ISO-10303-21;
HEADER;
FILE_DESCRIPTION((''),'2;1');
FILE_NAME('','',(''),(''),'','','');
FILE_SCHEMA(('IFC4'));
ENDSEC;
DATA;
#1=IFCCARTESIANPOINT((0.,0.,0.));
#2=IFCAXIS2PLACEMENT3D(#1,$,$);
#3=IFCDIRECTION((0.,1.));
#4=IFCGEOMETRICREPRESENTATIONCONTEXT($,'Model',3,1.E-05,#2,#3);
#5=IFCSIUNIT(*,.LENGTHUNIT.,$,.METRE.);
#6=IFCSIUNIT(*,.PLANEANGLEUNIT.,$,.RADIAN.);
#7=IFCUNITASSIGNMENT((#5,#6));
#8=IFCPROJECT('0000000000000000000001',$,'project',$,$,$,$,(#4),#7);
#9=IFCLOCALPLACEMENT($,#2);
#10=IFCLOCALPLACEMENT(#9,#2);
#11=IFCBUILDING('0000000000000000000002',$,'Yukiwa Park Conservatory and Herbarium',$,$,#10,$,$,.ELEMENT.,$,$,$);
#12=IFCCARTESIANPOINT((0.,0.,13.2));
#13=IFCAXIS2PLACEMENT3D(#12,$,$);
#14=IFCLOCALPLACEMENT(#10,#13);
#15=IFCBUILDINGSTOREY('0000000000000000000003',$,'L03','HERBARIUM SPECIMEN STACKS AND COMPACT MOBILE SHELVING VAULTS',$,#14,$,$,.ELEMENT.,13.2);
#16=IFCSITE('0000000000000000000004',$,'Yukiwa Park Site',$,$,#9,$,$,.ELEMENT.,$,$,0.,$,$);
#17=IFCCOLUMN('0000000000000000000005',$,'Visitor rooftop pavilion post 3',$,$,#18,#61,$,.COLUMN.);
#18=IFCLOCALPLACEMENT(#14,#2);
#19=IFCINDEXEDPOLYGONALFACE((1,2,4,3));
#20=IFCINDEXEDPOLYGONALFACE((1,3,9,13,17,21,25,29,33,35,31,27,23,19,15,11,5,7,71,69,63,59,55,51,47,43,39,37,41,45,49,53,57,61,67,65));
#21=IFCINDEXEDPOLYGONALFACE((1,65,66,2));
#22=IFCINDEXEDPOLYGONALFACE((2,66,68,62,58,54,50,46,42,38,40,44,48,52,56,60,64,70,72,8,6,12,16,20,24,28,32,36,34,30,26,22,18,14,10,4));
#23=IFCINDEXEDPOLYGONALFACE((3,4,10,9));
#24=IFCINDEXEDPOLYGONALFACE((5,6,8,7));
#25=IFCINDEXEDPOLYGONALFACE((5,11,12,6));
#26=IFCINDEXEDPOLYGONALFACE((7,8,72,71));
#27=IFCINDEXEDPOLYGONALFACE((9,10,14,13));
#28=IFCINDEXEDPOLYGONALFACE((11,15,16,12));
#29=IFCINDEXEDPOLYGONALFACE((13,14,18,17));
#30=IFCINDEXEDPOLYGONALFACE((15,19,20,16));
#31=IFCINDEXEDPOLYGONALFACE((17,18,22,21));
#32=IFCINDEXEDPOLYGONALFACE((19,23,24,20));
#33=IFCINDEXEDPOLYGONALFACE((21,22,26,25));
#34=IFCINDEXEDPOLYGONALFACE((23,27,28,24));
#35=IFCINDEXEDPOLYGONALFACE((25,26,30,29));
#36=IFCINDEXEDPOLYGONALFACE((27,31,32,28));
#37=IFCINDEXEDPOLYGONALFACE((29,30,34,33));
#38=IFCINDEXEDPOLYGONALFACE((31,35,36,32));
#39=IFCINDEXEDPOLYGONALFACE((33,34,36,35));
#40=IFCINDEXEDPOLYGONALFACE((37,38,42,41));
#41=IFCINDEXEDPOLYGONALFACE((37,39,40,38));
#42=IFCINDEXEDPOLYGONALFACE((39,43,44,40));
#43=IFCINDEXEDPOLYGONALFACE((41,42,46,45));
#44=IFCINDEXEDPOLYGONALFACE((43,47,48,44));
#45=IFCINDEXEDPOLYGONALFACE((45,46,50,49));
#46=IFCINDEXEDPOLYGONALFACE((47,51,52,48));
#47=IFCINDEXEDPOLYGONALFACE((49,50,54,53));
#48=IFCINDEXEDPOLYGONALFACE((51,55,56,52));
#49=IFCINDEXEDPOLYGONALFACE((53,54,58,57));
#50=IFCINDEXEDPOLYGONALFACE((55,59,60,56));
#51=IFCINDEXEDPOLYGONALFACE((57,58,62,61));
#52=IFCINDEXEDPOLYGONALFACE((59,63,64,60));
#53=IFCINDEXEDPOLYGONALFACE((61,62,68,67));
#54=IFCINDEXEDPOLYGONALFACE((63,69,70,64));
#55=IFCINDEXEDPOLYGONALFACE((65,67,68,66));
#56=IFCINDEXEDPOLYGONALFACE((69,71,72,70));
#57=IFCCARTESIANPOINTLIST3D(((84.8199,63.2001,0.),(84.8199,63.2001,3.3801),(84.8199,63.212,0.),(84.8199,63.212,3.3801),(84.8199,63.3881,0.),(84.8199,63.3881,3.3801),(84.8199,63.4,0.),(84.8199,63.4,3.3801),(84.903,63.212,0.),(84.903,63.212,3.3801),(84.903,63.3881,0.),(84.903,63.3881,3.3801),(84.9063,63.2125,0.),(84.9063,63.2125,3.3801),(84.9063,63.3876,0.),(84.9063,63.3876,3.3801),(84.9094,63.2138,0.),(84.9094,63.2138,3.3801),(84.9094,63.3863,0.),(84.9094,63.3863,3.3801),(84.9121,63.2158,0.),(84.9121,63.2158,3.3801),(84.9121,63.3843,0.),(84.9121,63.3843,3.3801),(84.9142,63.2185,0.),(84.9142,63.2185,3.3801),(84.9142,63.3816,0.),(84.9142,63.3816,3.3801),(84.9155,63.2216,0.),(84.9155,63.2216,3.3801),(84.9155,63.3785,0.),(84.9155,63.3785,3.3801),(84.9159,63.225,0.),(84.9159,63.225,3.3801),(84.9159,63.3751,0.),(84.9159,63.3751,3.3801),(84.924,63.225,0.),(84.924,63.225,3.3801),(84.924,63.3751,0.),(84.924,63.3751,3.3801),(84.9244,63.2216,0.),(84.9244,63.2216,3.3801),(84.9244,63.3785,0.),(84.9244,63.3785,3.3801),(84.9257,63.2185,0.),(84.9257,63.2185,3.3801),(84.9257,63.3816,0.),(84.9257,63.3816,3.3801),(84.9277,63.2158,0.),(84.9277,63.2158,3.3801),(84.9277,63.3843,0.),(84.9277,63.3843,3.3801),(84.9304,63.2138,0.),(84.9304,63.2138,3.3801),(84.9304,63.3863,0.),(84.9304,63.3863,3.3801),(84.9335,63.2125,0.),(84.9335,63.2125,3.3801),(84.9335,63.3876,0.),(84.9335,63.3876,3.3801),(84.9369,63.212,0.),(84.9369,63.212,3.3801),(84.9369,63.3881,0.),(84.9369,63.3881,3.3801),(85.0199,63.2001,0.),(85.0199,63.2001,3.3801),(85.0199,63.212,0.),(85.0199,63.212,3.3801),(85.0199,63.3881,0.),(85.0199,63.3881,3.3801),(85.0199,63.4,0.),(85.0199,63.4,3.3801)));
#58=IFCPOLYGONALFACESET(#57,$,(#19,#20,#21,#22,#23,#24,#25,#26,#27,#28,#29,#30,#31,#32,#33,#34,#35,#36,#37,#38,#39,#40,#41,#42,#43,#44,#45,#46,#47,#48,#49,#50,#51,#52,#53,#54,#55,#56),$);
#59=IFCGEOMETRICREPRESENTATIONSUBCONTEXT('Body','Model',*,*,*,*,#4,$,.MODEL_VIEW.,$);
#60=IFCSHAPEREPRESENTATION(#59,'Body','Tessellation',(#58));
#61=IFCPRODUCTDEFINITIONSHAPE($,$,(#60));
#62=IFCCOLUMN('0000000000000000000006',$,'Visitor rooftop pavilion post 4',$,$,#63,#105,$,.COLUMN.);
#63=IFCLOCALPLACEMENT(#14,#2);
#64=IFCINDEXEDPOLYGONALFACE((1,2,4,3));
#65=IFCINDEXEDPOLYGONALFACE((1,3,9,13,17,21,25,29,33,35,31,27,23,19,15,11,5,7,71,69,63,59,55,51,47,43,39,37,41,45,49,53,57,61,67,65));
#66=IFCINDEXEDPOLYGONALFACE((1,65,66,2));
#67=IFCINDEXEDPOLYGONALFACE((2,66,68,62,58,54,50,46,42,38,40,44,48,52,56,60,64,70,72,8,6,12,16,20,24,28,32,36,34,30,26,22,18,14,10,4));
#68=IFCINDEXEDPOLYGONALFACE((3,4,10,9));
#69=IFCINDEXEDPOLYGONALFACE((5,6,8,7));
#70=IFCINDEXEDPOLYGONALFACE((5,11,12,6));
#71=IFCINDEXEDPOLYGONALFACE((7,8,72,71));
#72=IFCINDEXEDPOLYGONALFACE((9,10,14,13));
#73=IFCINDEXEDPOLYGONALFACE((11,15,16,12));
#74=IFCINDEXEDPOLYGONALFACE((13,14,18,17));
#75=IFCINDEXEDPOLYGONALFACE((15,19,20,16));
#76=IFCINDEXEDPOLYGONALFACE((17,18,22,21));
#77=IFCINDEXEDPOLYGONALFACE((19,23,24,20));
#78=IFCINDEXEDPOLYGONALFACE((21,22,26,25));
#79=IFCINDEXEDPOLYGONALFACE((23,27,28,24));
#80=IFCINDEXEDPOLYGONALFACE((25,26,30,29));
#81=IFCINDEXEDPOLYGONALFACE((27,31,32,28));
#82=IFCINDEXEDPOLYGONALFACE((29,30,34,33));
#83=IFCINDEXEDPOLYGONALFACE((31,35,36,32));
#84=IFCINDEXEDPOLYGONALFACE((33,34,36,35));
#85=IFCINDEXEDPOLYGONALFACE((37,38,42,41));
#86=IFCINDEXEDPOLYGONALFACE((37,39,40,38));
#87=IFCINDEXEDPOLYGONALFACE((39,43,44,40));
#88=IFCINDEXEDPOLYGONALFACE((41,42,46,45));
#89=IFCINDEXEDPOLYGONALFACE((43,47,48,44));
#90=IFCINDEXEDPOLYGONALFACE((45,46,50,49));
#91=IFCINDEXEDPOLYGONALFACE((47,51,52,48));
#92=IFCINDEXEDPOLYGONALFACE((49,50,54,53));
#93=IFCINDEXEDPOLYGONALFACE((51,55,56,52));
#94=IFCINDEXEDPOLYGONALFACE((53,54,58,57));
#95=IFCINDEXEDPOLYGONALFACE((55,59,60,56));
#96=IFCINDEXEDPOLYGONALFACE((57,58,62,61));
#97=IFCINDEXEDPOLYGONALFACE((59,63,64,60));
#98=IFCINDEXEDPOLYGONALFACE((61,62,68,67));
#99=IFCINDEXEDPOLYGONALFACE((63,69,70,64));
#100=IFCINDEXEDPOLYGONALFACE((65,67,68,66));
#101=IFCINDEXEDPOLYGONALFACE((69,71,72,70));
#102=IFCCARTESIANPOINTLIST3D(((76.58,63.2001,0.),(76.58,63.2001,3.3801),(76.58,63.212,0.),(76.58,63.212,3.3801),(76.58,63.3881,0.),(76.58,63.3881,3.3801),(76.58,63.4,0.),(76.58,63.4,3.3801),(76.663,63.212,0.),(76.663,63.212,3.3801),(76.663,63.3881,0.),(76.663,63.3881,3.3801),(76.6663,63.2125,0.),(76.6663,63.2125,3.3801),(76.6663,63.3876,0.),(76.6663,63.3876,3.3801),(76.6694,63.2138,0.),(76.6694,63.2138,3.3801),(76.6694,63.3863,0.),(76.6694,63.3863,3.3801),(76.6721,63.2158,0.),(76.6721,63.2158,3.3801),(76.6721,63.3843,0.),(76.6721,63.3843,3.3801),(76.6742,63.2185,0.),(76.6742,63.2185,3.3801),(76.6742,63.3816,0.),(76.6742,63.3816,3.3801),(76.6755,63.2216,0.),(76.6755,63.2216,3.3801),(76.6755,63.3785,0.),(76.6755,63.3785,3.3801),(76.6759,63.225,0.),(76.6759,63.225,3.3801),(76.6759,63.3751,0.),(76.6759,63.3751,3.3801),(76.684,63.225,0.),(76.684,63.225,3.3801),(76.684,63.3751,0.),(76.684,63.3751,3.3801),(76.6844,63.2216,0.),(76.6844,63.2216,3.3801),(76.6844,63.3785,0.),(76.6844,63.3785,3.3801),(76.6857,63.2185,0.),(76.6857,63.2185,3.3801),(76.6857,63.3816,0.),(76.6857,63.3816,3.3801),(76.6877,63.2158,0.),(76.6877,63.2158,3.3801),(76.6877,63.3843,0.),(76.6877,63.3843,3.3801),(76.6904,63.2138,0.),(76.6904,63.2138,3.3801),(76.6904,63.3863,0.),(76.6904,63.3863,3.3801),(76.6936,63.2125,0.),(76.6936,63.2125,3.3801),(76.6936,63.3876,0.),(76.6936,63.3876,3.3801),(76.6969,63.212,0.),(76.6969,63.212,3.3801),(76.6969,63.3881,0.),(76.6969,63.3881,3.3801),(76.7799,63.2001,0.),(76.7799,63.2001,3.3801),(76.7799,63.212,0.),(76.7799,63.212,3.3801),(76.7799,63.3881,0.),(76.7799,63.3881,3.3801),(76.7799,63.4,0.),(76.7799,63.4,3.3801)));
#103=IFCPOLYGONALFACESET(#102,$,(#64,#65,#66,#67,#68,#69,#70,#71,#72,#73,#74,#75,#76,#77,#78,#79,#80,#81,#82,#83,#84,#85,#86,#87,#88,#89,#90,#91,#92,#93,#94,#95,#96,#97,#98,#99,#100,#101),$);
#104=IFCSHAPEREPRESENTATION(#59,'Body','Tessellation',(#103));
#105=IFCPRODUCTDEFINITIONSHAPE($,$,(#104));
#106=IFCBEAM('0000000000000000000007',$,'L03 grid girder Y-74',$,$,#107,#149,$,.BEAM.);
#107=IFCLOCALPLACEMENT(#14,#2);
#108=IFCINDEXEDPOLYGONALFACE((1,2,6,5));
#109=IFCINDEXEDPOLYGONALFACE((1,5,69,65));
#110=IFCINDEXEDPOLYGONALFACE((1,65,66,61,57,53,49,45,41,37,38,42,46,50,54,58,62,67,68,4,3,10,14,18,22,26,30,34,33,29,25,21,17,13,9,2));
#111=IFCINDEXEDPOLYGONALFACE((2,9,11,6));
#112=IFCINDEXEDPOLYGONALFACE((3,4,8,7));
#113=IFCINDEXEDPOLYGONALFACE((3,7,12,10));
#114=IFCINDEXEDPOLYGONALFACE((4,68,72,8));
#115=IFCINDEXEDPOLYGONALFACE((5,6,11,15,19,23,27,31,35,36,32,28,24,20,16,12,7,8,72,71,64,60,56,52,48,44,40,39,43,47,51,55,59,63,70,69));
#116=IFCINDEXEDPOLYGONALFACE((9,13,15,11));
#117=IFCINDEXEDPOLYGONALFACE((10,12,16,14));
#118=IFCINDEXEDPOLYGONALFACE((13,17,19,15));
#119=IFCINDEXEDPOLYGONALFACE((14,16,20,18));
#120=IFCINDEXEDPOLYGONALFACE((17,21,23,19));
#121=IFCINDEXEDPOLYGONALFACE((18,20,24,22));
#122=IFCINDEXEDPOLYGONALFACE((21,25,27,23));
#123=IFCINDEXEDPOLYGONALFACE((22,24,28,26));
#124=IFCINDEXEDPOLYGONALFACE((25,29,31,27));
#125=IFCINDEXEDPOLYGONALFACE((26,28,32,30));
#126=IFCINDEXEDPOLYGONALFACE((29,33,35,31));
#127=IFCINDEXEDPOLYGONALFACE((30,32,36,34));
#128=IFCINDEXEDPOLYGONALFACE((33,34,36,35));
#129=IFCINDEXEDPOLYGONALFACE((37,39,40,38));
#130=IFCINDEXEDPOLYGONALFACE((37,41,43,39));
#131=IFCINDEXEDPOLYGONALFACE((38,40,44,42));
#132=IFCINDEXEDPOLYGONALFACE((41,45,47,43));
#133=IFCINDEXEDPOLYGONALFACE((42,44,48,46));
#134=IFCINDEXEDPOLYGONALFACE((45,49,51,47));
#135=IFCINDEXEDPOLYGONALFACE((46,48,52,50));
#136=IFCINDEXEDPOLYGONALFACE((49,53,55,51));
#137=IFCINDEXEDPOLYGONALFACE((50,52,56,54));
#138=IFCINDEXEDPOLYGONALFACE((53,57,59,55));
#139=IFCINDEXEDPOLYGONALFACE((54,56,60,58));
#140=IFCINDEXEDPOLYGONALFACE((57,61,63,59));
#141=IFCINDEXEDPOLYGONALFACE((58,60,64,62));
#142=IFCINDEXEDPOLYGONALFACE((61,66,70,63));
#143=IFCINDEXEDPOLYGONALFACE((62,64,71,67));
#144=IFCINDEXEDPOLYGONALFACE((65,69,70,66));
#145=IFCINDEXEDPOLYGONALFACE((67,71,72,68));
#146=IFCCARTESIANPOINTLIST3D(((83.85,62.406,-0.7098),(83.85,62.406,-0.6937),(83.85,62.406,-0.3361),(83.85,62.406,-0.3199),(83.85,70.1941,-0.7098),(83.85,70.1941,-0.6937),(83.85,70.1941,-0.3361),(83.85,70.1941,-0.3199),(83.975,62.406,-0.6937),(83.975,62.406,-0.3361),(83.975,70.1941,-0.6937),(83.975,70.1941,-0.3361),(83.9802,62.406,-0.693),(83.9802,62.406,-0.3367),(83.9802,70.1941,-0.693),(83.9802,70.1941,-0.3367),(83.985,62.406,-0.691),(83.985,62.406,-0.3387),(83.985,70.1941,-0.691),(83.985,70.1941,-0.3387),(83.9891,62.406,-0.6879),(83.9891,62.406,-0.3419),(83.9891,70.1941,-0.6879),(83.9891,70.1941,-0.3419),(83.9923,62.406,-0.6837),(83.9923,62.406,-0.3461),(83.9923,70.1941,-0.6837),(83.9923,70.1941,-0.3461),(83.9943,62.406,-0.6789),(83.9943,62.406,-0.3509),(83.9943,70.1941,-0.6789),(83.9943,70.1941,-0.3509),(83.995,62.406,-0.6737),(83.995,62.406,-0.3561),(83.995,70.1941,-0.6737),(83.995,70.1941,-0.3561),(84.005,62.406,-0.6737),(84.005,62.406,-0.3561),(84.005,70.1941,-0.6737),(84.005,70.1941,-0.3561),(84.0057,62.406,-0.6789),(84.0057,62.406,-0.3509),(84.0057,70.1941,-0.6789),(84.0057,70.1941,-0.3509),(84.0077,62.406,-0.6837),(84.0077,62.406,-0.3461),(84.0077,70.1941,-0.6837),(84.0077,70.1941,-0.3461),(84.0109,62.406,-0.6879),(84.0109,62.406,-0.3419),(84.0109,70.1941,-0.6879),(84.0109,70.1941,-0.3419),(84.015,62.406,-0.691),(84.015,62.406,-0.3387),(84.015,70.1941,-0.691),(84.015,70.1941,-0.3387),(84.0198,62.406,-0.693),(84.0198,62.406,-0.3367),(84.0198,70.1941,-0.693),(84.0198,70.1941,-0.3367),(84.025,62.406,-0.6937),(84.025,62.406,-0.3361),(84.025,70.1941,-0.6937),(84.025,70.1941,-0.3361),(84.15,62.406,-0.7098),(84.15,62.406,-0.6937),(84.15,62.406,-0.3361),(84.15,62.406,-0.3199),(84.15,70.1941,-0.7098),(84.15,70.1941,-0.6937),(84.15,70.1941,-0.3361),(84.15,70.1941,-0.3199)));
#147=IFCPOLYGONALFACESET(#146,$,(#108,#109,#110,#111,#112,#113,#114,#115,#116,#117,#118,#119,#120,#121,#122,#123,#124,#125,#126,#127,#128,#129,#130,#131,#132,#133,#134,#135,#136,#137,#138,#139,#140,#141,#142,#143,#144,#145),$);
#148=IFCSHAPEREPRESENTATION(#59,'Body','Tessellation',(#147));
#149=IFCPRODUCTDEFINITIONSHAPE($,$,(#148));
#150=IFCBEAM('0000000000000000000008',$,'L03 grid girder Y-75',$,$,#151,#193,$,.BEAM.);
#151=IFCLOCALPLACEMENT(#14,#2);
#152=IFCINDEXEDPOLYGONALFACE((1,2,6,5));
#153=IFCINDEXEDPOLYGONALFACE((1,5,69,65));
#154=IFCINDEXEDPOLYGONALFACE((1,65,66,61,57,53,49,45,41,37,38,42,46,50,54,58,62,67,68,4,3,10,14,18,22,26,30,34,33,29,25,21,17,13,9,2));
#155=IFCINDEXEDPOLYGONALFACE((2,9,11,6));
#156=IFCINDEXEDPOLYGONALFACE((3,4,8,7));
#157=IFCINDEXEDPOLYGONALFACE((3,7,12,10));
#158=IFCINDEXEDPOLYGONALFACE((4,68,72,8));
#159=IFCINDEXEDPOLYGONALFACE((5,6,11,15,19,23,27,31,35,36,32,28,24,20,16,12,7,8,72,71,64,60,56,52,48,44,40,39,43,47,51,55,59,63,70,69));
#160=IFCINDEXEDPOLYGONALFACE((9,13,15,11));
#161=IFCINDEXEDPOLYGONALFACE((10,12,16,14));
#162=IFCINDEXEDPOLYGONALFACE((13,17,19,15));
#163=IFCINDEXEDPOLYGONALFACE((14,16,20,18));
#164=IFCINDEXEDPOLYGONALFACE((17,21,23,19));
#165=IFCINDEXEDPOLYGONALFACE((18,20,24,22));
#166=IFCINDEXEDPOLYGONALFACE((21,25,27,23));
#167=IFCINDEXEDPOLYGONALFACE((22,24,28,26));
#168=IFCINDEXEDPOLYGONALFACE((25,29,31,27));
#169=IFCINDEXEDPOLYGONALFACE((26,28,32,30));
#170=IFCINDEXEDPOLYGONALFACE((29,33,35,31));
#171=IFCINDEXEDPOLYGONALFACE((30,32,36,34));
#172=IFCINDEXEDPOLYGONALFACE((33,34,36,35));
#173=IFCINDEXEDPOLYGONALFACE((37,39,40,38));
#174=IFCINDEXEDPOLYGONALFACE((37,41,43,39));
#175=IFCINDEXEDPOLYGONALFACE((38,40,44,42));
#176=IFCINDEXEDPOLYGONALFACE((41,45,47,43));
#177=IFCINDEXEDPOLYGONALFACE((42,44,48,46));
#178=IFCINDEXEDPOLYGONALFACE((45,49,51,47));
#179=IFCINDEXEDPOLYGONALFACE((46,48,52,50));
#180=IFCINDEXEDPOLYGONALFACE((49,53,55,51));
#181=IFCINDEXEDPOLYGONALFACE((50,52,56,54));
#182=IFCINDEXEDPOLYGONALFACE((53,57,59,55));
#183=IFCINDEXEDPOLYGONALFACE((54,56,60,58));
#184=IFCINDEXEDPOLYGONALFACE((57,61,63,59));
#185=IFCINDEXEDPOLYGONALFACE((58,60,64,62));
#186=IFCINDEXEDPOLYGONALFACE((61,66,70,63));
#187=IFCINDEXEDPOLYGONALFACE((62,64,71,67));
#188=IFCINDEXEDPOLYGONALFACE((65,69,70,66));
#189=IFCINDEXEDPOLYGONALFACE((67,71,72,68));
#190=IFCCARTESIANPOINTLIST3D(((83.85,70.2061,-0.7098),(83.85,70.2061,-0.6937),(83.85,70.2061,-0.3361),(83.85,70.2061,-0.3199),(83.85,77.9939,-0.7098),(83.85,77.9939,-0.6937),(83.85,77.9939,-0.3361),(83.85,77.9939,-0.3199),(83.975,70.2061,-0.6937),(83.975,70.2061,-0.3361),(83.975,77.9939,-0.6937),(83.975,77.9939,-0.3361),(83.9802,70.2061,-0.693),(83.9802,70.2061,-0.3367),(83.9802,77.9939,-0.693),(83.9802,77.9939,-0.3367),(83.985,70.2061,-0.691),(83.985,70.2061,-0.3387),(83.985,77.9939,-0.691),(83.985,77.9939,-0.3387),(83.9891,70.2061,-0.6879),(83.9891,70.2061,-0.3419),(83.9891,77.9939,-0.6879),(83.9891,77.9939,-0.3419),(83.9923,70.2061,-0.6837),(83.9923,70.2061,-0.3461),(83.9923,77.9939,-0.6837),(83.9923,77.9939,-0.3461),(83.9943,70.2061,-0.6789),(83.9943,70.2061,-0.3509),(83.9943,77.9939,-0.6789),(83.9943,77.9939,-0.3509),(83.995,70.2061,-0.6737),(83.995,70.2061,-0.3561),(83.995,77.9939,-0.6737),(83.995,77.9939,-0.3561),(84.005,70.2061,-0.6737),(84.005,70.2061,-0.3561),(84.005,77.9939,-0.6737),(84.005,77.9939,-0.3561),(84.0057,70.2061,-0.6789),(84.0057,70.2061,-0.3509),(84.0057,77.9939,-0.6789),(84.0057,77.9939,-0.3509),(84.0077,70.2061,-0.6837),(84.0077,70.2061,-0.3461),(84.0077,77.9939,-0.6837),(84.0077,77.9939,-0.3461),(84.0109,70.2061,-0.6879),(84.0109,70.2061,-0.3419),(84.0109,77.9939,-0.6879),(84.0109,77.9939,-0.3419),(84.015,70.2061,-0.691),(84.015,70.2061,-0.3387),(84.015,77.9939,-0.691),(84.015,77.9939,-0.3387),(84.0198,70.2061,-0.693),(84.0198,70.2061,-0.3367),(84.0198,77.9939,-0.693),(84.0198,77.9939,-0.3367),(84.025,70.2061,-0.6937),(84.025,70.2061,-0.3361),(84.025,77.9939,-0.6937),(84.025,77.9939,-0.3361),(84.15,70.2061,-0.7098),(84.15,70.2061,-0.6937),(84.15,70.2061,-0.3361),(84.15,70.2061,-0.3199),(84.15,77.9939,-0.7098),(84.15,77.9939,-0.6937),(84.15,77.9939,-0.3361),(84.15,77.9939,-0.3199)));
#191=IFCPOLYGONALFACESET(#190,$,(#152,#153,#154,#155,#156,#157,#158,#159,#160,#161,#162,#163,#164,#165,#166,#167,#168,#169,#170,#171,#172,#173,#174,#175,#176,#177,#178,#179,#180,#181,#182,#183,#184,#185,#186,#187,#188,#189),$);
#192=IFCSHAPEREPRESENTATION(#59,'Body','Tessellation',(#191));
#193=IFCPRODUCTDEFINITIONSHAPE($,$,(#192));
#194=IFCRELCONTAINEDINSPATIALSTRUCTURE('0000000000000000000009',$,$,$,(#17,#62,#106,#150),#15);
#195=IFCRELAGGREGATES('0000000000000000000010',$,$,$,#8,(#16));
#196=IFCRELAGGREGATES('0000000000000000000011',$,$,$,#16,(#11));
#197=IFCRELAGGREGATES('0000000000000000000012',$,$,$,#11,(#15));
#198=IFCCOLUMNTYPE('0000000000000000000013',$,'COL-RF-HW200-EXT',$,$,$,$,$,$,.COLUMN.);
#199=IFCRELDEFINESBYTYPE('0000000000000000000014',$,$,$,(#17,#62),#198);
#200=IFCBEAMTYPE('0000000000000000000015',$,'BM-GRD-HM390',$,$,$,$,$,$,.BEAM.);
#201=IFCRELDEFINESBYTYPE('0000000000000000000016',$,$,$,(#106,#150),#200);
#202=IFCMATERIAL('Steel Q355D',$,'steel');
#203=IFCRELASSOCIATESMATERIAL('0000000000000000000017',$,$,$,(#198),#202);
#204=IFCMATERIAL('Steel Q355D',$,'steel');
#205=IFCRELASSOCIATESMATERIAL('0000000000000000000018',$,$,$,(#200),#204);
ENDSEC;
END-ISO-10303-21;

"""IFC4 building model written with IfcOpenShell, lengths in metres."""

from ifc_helpers import new_model, si_unit, direction, frame, origin, origin_2d, place, context, subcontext, project, spatial, i_section, extrude, material, material_profile, profile_set, type_object, element, save


model = new_model("IFC4")

# Units and contexts
model_context = context("Model", 3, precision=1e-05, world=origin(), true_north=direction((0.0, 1.0)))
body_context = subcontext(model_context, "Body", "Model", "MODEL_VIEW")
ifc_project = project(units=[si_unit("LENGTHUNIT", "METRE"), si_unit("PLANEANGLEUNIT", "RADIAN")], contexts=[model_context])

# Site, building, storey
site_placement = place(None, origin())
site = spatial("IfcSite", under=ifc_project, at=site_placement, Name="Yukiwa Park Site", CompositionType="ELEMENT", RefElevation=0.0)
building_placement = place(site_placement, origin())
building = spatial("IfcBuilding", under=site, at=building_placement, Name="Yukiwa Park Conservatory and Herbarium", CompositionType="ELEMENT")
storey_placement = place(building_placement, frame((0.0, 0.0, 13.2)))
storey = spatial("IfcBuildingStorey", under=building, at=storey_placement, Name="L03", Description="HERBARIUM SPECIMEN STACKS AND COMPACT MOBILE SHELVING VAULTS", CompositionType="ELEMENT", Elevation=13.2)

# Columns
ifc_material_1 = material(Name="Steel Q355D", Category="steel")
ifc_material_profile_1 = material_profile(ifc_material_1, i_section(OverallWidth=0.2, OverallDepth=0.2, WebThickness=0.0081, FlangeThickness=0.012, FilletRadius=0.0129, at=origin_2d()), Name="HW 200x200x8x12")
ifc_profile_set_1 = profile_set([ifc_material_profile_1], Name="Steel Q355D")
column_type = type_object("IfcColumnType", Name="COL-RF-HW200-EXT", PredefinedType="COLUMN", material=ifc_profile_set_1)
for number, where, z_axis, x_axis, name in (
    (1, (84.9199, 63.3, 0.0), (0.0, 0.0, 1.0), (1.0, 0.0, 0.0), "Visitor rooftop pavilion post 3"),
    (2, (76.6799, 63.3, 0.0), (0.0, 0.0, 1.0), (1.0, 0.0, 0.0), "Visitor rooftop pavilion post 4"),
):
    element("IfcColumn", number, at=place(storey_placement, frame(where, z_axis=z_axis, x_axis=x_axis)), inside=storey, type_object=column_type, Name=name, PredefinedType="COLUMN", context=body_context, shape_type="SweptSolid", body=[
        extrude(i_section(OverallWidth=0.2, OverallDepth=0.2, WebThickness=0.0081, FlangeThickness=0.012, FilletRadius=0.0129, at=origin_2d()), origin(), (0.0, 0.0, 1.0), 3.3801),
    ])

# Beams
ifc_material_2 = material(Name="Steel Q355D", Category="steel")
ifc_material_profile_2 = material_profile(ifc_material_2, i_section(OverallWidth=0.3, OverallDepth=0.3899, WebThickness=0.01, FlangeThickness=0.0161, FilletRadius=0.02, at=origin_2d()), Name="HM 390x300x10x16")
ifc_profile_set_2 = profile_set([ifc_material_profile_2], Name="Steel Q355D")
beam_type_1 = type_object("IfcBeamType", Name="BM-GRD-HM390", PredefinedType="BEAM", material=ifc_profile_set_2)
beam_1_placement = place(storey_placement, frame((84.0, 62.406, -0.5149), z_axis=(0.0, 1.0, 0.0), x_axis=(-1.0, 0.0, 0.0)))
element("IfcBeam", 3, at=beam_1_placement, inside=storey, type_object=beam_type_1, Name="L03 grid girder Y-74", PredefinedType="BEAM", context=body_context, shape_type="SweptSolid", body=[
    extrude(i_section(OverallWidth=0.3, OverallDepth=0.3899, WebThickness=0.01, FlangeThickness=0.0161, FilletRadius=0.02, at=origin_2d()), origin(), (0.0, 0.0, 1.0), 7.7881),
])
beam_2_placement = place(storey_placement, frame((84.0, 70.2061, -0.5149), z_axis=(0.0, 1.0, 0.0), x_axis=(-1.0, 0.0, 0.0)))
element("IfcBeam", 4, at=beam_2_placement, inside=storey, type_object=beam_type_1, Name="L03 grid girder Y-75", PredefinedType="BEAM", context=body_context, shape_type="SweptSolid", body=[
    extrude(i_section(OverallWidth=0.3, OverallDepth=0.3899, WebThickness=0.01, FlangeThickness=0.0161, FilletRadius=0.02, at=origin_2d()), origin(), (0.0, 0.0, 1.0), 7.7878),
])

save(model, "model.ifc")
